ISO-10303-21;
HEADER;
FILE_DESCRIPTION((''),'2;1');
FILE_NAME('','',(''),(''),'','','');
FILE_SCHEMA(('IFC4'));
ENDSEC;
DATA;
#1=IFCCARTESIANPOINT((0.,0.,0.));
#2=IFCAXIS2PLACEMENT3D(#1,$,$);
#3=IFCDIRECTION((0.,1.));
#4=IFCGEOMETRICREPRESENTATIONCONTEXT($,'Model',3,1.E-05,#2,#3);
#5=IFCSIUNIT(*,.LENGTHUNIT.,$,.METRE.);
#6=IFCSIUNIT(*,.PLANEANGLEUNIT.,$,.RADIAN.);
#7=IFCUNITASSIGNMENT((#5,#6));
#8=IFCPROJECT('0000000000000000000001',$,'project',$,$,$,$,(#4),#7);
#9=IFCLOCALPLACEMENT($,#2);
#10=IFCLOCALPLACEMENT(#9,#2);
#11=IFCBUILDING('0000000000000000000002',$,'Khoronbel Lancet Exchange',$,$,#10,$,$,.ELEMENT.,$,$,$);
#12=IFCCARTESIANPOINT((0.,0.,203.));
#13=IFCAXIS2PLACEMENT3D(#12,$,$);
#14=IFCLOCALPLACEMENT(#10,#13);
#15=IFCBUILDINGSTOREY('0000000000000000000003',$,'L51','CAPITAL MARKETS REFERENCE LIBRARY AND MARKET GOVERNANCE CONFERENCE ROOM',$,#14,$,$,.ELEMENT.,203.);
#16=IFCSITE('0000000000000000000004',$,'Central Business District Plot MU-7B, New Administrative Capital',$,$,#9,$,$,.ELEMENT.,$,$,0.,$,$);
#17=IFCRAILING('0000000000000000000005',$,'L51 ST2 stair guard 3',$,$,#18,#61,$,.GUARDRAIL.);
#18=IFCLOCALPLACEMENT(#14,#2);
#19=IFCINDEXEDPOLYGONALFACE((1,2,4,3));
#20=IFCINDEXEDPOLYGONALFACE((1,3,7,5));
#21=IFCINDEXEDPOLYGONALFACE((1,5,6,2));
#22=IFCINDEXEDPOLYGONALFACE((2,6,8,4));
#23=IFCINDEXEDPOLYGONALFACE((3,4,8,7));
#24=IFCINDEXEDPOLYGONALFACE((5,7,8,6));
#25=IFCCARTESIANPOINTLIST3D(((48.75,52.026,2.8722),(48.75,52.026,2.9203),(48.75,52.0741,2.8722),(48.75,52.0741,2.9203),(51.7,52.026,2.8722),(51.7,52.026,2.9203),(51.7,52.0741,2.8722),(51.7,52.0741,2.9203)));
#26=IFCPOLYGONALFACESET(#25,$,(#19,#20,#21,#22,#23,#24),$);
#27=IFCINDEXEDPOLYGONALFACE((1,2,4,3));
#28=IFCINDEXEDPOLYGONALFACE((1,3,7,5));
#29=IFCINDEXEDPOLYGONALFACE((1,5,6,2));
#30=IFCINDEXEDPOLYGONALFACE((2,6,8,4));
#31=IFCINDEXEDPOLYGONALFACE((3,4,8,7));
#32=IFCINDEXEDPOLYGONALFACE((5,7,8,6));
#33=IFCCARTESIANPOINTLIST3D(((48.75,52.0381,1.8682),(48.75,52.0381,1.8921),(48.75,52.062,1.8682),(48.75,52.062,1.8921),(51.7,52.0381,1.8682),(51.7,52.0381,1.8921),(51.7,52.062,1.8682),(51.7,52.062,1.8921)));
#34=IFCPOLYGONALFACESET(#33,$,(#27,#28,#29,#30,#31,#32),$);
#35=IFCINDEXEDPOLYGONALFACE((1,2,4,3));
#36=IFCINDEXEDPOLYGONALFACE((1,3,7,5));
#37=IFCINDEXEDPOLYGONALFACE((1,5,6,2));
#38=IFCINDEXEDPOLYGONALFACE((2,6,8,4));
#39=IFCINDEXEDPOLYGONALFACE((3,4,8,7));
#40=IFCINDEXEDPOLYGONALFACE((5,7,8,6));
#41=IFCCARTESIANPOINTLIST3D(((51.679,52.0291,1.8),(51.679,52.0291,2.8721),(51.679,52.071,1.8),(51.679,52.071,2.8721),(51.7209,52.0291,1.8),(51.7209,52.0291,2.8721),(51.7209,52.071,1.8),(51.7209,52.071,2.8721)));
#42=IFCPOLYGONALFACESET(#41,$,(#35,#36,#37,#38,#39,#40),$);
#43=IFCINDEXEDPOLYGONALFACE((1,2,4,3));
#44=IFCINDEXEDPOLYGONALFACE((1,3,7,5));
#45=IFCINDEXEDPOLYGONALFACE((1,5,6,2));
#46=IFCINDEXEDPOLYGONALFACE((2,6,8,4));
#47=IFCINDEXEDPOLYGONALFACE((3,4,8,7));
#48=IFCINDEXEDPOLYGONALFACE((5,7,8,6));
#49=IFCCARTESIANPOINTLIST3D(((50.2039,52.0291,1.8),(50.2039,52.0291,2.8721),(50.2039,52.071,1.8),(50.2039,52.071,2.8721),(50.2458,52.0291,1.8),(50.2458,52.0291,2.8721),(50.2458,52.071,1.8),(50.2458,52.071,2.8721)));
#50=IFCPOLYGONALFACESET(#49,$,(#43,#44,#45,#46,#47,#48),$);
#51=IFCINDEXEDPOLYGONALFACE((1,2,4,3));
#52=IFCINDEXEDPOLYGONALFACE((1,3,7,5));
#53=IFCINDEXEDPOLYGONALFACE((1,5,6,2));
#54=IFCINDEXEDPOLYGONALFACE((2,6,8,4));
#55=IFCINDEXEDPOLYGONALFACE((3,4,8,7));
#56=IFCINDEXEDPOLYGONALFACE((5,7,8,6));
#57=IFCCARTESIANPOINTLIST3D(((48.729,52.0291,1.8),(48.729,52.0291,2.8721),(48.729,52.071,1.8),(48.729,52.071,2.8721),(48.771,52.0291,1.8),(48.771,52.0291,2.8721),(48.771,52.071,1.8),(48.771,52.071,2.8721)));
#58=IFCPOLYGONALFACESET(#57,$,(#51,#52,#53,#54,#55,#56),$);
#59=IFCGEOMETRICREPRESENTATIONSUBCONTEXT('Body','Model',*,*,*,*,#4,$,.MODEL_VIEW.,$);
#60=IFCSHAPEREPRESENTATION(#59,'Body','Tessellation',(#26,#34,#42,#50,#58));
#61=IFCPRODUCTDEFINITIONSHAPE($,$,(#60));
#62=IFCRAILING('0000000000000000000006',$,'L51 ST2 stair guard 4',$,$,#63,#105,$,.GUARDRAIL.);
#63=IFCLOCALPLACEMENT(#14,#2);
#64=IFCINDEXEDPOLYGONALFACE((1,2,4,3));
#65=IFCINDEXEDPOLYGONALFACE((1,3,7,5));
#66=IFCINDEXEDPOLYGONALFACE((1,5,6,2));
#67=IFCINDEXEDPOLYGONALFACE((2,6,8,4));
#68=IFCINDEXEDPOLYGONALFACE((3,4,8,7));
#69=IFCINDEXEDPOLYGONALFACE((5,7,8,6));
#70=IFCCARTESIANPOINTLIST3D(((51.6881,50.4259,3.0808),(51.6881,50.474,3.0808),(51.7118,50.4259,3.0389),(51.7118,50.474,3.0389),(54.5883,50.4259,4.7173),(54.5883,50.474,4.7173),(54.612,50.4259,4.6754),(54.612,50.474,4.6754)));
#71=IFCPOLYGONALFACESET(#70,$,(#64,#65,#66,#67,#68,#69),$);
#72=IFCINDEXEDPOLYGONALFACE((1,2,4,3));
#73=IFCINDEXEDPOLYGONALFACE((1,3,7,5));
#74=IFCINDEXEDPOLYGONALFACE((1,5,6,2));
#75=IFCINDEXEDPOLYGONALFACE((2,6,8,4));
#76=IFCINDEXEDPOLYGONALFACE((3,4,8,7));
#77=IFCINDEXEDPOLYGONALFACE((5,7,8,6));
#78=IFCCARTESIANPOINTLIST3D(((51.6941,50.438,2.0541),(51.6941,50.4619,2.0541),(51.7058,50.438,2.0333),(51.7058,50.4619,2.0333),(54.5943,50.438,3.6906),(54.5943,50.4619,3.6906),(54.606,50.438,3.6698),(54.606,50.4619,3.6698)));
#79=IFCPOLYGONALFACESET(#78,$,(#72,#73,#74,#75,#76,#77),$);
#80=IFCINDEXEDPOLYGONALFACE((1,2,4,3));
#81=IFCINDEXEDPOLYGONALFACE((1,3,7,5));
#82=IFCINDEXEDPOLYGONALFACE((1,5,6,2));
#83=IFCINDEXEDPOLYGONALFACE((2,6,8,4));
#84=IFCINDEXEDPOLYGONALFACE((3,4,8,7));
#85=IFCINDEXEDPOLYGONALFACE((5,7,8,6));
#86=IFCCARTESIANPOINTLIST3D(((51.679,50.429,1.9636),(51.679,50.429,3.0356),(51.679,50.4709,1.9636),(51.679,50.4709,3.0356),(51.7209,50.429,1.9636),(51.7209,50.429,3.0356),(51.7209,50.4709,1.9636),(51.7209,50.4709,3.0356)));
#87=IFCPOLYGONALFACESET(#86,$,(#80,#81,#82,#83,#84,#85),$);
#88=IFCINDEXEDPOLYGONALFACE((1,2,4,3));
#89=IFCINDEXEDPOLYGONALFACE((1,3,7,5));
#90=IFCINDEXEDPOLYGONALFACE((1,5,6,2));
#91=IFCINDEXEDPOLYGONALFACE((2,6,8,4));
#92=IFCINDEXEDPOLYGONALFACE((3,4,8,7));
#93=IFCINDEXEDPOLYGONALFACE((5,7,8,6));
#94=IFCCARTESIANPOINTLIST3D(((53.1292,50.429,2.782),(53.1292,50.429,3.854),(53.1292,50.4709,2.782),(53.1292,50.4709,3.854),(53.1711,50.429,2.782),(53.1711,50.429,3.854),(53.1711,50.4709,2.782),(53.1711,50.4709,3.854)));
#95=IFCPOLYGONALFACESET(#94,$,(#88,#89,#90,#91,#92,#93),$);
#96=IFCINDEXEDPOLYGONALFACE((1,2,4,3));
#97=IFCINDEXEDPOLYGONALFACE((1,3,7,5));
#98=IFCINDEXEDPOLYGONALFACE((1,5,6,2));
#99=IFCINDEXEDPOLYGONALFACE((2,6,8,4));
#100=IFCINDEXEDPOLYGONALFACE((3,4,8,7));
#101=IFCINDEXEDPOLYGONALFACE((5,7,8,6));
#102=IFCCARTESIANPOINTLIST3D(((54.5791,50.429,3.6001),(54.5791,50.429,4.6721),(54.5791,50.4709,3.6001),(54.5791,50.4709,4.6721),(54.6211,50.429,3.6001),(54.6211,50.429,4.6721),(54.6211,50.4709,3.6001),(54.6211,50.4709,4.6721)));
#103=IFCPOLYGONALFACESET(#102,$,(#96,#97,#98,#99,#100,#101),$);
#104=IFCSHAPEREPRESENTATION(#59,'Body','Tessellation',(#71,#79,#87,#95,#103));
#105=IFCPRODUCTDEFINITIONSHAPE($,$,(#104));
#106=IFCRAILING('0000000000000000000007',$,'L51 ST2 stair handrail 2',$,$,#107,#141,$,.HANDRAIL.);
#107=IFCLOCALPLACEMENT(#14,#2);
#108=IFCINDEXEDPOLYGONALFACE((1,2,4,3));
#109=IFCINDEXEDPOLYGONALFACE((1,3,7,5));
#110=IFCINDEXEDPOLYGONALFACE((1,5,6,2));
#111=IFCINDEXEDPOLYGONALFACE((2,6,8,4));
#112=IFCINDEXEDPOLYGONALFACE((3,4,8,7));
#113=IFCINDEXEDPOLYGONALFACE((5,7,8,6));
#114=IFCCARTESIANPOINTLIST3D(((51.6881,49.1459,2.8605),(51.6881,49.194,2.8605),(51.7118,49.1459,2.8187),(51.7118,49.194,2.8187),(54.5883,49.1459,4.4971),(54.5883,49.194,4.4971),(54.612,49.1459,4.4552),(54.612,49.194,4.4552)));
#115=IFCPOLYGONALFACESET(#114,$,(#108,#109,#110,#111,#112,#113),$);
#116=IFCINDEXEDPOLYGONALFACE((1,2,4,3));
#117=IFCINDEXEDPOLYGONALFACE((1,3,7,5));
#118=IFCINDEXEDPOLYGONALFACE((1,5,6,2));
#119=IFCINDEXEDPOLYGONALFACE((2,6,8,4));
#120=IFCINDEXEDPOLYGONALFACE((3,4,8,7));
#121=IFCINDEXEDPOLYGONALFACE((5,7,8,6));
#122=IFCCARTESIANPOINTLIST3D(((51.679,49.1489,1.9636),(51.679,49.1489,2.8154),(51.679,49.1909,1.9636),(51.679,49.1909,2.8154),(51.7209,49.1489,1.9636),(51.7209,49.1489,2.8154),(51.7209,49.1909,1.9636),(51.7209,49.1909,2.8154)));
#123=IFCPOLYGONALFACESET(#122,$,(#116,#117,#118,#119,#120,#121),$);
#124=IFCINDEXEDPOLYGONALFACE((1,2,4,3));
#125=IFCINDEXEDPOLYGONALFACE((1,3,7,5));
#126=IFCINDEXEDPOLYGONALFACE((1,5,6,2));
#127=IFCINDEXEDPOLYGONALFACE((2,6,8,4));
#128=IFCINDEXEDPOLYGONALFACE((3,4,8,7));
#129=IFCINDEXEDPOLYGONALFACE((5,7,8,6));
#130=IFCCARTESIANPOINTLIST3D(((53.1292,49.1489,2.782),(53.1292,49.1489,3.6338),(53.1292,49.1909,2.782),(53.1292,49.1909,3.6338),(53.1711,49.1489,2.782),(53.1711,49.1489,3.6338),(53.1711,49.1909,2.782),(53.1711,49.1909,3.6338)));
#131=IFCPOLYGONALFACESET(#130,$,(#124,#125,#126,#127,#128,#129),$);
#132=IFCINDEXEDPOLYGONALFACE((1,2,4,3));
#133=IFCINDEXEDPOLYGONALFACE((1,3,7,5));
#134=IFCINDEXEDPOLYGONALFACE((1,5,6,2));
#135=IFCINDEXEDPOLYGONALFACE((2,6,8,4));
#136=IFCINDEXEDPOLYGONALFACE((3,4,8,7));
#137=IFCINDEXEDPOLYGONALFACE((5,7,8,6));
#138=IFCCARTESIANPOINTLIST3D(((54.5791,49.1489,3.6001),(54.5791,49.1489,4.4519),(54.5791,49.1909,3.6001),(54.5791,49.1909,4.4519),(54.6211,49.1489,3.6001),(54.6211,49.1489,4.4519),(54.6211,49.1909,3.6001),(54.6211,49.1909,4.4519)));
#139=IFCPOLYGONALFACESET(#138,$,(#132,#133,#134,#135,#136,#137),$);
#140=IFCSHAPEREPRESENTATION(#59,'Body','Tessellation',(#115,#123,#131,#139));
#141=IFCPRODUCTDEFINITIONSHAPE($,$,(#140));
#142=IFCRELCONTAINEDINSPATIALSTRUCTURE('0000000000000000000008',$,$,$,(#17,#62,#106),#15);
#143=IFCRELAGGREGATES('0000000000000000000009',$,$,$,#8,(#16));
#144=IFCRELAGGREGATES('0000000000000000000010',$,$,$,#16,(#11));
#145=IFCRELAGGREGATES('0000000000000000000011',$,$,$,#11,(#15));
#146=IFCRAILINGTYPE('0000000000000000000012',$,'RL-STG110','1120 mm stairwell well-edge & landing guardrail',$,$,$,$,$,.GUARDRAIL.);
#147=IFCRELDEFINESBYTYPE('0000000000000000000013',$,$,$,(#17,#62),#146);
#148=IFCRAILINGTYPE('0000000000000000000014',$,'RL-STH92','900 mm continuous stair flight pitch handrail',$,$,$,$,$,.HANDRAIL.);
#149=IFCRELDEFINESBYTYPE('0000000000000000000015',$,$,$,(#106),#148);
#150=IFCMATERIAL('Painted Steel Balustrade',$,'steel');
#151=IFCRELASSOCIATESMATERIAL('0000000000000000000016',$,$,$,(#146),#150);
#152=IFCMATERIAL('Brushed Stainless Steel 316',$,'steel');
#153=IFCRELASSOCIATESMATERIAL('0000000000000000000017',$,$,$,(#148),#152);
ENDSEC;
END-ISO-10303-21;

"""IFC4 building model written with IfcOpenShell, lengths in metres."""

from ifc_helpers import new_model, si_unit, direction, frame, origin, origin_2d, place, context, subcontext, project, spatial, rectangle, extrude, material, type_object, element, save


model = new_model("IFC4")

# Units and contexts
model_context = context("Model", 3, precision=1e-05, world=origin(), true_north=direction((0.0, 1.0)))
body_context = subcontext(model_context, "Body", "Model", "MODEL_VIEW")
ifc_project = project(units=[si_unit("LENGTHUNIT", "METRE"), si_unit("PLANEANGLEUNIT", "RADIAN")], contexts=[model_context])

# Site, building, storey
site_placement = place(None, origin())
site = spatial("IfcSite", under=ifc_project, at=site_placement, Name="Central Business District Plot MU-7B, New Administrative Capital", CompositionType="ELEMENT", RefElevation=0.0)
building_placement = place(site_placement, origin())
building = spatial("IfcBuilding", under=site, at=building_placement, Name="Khoronbel Lancet Exchange", CompositionType="ELEMENT")
storey_placement = place(building_placement, frame((0.0, 0.0, 203.0)))
storey = spatial("IfcBuildingStorey", under=building, at=storey_placement, Name="L51", Description="CAPITAL MARKETS REFERENCE LIBRARY AND MARKET GOVERNANCE CONFERENCE ROOM", CompositionType="ELEMENT", Elevation=203.0)

# Railings
ifc_material_1 = material(Name="Painted Steel Balustrade", Category="steel")
railing_type_1 = type_object("IfcRailingType", Name="RL-STG110", Description="1120 mm stairwell well-edge & landing guardrail", PredefinedType="GUARDRAIL", material=ifc_material_1)
railing_1_placement = place(storey_placement, frame((51.7, 52.05, 1.8)))
element("IfcRailing", 1, at=railing_1_placement, inside=storey, type_object=railing_type_1, Name="L51 ST2 stair guard 3", PredefinedType="GUARDRAIL", context=body_context, shape_type="SweptSolid", body=[
    extrude(rectangle(XDim=0.0481, YDim=0.0481, at=origin_2d()), frame((0.0, 0.0, 1.0962), z_axis=(-1.0, 0.0, 0.0), x_axis=(0.0, -1.0, 0.0)), (0.0, 0.0, 1.0), 2.95),
    extrude(rectangle(XDim=0.0239, YDim=0.0239, at=origin_2d()), frame((0.0, 0.0, 0.0801), z_axis=(-1.0, 0.0, 0.0), x_axis=(0.0, -1.0, 0.0)), (0.0, 0.0, 1.0), 2.95),
    extrude(rectangle(XDim=0.042, YDim=0.042, at=origin_2d()), origin(), (0.0, 0.0, 1.0), 1.072),
    extrude(rectangle(XDim=0.042, YDim=0.042, at=origin_2d()), frame((-1.4751, 0.0, 0.0)), (0.0, 0.0, 1.0), 1.072),
    extrude(rectangle(XDim=0.042, YDim=0.042, at=origin_2d()), frame((-2.95, 0.0, 0.0)), (0.0, 0.0, 1.0), 1.072),
])
railing_2_placement = place(storey_placement, frame((51.7, 50.45, 1.9636)))
element("IfcRailing", 2, at=railing_2_placement, inside=storey, type_object=railing_type_1, Name="L51 ST2 stair guard 4", PredefinedType="GUARDRAIL", context=body_context, shape_type="SweptSolid", body=[
    extrude(rectangle(XDim=0.0481, YDim=0.0481, at=origin_2d()), frame((0.0, 0.0, 1.0962), z_axis=(0.870915, 0.0, 0.491434), x_axis=(0.0, 1.0, 0.0)), (0.0, 0.0, 1.0), 3.3301),
    extrude(rectangle(XDim=0.0239, YDim=0.0239, at=origin_2d()), frame((0.0, 0.0, 0.0801), z_axis=(0.870915, 0.0, 0.491434), x_axis=(0.0, 1.0, 0.0)), (0.0, 0.0, 1.0), 3.3301),
    extrude(rectangle(XDim=0.042, YDim=0.042, at=origin_2d()), origin(), (0.0, 0.0, 1.0), 1.072),
    extrude(rectangle(XDim=0.042, YDim=0.042, at=origin_2d()), frame((1.4502, 0.0, 0.8184)), (0.0, 0.0, 1.0), 1.072),
    extrude(rectangle(XDim=0.042, YDim=0.042, at=origin_2d()), frame((2.9001, 0.0, 1.6365)), (0.0, 0.0, 1.0), 1.072),
])
ifc_material_2 = material(Name="Brushed Stainless Steel 316", Category="steel")
railing_type_2 = type_object("IfcRailingType", Name="RL-STH92", Description="900 mm continuous stair flight pitch handrail", PredefinedType="HANDRAIL", material=ifc_material_2)
railing_3_placement = place(storey_placement, frame((51.7, 49.1699, 1.9636)))
element("IfcRailing", 3, at=railing_3_placement, inside=storey, type_object=railing_type_2, Name="L51 ST2 stair handrail 2", PredefinedType="HANDRAIL", context=body_context, shape_type="SweptSolid", body=[
    extrude(rectangle(XDim=0.0481, YDim=0.0481, at=origin_2d()), frame((0.0, 0.0, 0.876), z_axis=(0.870915, 0.0, 0.491434), x_axis=(0.0, 1.0, 0.0)), (0.0, 0.0, 1.0), 3.3301),
    extrude(rectangle(XDim=0.042, YDim=0.042, at=origin_2d()), origin(), (0.0, 0.0, 1.0), 0.8518),
    extrude(rectangle(XDim=0.042, YDim=0.042, at=origin_2d()), frame((1.4502, 0.0, 0.8184)), (0.0, 0.0, 1.0), 0.8518),
    extrude(rectangle(XDim=0.042, YDim=0.042, at=origin_2d()), frame((2.9001, 0.0, 1.6365)), (0.0, 0.0, 1.0), 0.8518),
])

save(model, "model.ifc")
